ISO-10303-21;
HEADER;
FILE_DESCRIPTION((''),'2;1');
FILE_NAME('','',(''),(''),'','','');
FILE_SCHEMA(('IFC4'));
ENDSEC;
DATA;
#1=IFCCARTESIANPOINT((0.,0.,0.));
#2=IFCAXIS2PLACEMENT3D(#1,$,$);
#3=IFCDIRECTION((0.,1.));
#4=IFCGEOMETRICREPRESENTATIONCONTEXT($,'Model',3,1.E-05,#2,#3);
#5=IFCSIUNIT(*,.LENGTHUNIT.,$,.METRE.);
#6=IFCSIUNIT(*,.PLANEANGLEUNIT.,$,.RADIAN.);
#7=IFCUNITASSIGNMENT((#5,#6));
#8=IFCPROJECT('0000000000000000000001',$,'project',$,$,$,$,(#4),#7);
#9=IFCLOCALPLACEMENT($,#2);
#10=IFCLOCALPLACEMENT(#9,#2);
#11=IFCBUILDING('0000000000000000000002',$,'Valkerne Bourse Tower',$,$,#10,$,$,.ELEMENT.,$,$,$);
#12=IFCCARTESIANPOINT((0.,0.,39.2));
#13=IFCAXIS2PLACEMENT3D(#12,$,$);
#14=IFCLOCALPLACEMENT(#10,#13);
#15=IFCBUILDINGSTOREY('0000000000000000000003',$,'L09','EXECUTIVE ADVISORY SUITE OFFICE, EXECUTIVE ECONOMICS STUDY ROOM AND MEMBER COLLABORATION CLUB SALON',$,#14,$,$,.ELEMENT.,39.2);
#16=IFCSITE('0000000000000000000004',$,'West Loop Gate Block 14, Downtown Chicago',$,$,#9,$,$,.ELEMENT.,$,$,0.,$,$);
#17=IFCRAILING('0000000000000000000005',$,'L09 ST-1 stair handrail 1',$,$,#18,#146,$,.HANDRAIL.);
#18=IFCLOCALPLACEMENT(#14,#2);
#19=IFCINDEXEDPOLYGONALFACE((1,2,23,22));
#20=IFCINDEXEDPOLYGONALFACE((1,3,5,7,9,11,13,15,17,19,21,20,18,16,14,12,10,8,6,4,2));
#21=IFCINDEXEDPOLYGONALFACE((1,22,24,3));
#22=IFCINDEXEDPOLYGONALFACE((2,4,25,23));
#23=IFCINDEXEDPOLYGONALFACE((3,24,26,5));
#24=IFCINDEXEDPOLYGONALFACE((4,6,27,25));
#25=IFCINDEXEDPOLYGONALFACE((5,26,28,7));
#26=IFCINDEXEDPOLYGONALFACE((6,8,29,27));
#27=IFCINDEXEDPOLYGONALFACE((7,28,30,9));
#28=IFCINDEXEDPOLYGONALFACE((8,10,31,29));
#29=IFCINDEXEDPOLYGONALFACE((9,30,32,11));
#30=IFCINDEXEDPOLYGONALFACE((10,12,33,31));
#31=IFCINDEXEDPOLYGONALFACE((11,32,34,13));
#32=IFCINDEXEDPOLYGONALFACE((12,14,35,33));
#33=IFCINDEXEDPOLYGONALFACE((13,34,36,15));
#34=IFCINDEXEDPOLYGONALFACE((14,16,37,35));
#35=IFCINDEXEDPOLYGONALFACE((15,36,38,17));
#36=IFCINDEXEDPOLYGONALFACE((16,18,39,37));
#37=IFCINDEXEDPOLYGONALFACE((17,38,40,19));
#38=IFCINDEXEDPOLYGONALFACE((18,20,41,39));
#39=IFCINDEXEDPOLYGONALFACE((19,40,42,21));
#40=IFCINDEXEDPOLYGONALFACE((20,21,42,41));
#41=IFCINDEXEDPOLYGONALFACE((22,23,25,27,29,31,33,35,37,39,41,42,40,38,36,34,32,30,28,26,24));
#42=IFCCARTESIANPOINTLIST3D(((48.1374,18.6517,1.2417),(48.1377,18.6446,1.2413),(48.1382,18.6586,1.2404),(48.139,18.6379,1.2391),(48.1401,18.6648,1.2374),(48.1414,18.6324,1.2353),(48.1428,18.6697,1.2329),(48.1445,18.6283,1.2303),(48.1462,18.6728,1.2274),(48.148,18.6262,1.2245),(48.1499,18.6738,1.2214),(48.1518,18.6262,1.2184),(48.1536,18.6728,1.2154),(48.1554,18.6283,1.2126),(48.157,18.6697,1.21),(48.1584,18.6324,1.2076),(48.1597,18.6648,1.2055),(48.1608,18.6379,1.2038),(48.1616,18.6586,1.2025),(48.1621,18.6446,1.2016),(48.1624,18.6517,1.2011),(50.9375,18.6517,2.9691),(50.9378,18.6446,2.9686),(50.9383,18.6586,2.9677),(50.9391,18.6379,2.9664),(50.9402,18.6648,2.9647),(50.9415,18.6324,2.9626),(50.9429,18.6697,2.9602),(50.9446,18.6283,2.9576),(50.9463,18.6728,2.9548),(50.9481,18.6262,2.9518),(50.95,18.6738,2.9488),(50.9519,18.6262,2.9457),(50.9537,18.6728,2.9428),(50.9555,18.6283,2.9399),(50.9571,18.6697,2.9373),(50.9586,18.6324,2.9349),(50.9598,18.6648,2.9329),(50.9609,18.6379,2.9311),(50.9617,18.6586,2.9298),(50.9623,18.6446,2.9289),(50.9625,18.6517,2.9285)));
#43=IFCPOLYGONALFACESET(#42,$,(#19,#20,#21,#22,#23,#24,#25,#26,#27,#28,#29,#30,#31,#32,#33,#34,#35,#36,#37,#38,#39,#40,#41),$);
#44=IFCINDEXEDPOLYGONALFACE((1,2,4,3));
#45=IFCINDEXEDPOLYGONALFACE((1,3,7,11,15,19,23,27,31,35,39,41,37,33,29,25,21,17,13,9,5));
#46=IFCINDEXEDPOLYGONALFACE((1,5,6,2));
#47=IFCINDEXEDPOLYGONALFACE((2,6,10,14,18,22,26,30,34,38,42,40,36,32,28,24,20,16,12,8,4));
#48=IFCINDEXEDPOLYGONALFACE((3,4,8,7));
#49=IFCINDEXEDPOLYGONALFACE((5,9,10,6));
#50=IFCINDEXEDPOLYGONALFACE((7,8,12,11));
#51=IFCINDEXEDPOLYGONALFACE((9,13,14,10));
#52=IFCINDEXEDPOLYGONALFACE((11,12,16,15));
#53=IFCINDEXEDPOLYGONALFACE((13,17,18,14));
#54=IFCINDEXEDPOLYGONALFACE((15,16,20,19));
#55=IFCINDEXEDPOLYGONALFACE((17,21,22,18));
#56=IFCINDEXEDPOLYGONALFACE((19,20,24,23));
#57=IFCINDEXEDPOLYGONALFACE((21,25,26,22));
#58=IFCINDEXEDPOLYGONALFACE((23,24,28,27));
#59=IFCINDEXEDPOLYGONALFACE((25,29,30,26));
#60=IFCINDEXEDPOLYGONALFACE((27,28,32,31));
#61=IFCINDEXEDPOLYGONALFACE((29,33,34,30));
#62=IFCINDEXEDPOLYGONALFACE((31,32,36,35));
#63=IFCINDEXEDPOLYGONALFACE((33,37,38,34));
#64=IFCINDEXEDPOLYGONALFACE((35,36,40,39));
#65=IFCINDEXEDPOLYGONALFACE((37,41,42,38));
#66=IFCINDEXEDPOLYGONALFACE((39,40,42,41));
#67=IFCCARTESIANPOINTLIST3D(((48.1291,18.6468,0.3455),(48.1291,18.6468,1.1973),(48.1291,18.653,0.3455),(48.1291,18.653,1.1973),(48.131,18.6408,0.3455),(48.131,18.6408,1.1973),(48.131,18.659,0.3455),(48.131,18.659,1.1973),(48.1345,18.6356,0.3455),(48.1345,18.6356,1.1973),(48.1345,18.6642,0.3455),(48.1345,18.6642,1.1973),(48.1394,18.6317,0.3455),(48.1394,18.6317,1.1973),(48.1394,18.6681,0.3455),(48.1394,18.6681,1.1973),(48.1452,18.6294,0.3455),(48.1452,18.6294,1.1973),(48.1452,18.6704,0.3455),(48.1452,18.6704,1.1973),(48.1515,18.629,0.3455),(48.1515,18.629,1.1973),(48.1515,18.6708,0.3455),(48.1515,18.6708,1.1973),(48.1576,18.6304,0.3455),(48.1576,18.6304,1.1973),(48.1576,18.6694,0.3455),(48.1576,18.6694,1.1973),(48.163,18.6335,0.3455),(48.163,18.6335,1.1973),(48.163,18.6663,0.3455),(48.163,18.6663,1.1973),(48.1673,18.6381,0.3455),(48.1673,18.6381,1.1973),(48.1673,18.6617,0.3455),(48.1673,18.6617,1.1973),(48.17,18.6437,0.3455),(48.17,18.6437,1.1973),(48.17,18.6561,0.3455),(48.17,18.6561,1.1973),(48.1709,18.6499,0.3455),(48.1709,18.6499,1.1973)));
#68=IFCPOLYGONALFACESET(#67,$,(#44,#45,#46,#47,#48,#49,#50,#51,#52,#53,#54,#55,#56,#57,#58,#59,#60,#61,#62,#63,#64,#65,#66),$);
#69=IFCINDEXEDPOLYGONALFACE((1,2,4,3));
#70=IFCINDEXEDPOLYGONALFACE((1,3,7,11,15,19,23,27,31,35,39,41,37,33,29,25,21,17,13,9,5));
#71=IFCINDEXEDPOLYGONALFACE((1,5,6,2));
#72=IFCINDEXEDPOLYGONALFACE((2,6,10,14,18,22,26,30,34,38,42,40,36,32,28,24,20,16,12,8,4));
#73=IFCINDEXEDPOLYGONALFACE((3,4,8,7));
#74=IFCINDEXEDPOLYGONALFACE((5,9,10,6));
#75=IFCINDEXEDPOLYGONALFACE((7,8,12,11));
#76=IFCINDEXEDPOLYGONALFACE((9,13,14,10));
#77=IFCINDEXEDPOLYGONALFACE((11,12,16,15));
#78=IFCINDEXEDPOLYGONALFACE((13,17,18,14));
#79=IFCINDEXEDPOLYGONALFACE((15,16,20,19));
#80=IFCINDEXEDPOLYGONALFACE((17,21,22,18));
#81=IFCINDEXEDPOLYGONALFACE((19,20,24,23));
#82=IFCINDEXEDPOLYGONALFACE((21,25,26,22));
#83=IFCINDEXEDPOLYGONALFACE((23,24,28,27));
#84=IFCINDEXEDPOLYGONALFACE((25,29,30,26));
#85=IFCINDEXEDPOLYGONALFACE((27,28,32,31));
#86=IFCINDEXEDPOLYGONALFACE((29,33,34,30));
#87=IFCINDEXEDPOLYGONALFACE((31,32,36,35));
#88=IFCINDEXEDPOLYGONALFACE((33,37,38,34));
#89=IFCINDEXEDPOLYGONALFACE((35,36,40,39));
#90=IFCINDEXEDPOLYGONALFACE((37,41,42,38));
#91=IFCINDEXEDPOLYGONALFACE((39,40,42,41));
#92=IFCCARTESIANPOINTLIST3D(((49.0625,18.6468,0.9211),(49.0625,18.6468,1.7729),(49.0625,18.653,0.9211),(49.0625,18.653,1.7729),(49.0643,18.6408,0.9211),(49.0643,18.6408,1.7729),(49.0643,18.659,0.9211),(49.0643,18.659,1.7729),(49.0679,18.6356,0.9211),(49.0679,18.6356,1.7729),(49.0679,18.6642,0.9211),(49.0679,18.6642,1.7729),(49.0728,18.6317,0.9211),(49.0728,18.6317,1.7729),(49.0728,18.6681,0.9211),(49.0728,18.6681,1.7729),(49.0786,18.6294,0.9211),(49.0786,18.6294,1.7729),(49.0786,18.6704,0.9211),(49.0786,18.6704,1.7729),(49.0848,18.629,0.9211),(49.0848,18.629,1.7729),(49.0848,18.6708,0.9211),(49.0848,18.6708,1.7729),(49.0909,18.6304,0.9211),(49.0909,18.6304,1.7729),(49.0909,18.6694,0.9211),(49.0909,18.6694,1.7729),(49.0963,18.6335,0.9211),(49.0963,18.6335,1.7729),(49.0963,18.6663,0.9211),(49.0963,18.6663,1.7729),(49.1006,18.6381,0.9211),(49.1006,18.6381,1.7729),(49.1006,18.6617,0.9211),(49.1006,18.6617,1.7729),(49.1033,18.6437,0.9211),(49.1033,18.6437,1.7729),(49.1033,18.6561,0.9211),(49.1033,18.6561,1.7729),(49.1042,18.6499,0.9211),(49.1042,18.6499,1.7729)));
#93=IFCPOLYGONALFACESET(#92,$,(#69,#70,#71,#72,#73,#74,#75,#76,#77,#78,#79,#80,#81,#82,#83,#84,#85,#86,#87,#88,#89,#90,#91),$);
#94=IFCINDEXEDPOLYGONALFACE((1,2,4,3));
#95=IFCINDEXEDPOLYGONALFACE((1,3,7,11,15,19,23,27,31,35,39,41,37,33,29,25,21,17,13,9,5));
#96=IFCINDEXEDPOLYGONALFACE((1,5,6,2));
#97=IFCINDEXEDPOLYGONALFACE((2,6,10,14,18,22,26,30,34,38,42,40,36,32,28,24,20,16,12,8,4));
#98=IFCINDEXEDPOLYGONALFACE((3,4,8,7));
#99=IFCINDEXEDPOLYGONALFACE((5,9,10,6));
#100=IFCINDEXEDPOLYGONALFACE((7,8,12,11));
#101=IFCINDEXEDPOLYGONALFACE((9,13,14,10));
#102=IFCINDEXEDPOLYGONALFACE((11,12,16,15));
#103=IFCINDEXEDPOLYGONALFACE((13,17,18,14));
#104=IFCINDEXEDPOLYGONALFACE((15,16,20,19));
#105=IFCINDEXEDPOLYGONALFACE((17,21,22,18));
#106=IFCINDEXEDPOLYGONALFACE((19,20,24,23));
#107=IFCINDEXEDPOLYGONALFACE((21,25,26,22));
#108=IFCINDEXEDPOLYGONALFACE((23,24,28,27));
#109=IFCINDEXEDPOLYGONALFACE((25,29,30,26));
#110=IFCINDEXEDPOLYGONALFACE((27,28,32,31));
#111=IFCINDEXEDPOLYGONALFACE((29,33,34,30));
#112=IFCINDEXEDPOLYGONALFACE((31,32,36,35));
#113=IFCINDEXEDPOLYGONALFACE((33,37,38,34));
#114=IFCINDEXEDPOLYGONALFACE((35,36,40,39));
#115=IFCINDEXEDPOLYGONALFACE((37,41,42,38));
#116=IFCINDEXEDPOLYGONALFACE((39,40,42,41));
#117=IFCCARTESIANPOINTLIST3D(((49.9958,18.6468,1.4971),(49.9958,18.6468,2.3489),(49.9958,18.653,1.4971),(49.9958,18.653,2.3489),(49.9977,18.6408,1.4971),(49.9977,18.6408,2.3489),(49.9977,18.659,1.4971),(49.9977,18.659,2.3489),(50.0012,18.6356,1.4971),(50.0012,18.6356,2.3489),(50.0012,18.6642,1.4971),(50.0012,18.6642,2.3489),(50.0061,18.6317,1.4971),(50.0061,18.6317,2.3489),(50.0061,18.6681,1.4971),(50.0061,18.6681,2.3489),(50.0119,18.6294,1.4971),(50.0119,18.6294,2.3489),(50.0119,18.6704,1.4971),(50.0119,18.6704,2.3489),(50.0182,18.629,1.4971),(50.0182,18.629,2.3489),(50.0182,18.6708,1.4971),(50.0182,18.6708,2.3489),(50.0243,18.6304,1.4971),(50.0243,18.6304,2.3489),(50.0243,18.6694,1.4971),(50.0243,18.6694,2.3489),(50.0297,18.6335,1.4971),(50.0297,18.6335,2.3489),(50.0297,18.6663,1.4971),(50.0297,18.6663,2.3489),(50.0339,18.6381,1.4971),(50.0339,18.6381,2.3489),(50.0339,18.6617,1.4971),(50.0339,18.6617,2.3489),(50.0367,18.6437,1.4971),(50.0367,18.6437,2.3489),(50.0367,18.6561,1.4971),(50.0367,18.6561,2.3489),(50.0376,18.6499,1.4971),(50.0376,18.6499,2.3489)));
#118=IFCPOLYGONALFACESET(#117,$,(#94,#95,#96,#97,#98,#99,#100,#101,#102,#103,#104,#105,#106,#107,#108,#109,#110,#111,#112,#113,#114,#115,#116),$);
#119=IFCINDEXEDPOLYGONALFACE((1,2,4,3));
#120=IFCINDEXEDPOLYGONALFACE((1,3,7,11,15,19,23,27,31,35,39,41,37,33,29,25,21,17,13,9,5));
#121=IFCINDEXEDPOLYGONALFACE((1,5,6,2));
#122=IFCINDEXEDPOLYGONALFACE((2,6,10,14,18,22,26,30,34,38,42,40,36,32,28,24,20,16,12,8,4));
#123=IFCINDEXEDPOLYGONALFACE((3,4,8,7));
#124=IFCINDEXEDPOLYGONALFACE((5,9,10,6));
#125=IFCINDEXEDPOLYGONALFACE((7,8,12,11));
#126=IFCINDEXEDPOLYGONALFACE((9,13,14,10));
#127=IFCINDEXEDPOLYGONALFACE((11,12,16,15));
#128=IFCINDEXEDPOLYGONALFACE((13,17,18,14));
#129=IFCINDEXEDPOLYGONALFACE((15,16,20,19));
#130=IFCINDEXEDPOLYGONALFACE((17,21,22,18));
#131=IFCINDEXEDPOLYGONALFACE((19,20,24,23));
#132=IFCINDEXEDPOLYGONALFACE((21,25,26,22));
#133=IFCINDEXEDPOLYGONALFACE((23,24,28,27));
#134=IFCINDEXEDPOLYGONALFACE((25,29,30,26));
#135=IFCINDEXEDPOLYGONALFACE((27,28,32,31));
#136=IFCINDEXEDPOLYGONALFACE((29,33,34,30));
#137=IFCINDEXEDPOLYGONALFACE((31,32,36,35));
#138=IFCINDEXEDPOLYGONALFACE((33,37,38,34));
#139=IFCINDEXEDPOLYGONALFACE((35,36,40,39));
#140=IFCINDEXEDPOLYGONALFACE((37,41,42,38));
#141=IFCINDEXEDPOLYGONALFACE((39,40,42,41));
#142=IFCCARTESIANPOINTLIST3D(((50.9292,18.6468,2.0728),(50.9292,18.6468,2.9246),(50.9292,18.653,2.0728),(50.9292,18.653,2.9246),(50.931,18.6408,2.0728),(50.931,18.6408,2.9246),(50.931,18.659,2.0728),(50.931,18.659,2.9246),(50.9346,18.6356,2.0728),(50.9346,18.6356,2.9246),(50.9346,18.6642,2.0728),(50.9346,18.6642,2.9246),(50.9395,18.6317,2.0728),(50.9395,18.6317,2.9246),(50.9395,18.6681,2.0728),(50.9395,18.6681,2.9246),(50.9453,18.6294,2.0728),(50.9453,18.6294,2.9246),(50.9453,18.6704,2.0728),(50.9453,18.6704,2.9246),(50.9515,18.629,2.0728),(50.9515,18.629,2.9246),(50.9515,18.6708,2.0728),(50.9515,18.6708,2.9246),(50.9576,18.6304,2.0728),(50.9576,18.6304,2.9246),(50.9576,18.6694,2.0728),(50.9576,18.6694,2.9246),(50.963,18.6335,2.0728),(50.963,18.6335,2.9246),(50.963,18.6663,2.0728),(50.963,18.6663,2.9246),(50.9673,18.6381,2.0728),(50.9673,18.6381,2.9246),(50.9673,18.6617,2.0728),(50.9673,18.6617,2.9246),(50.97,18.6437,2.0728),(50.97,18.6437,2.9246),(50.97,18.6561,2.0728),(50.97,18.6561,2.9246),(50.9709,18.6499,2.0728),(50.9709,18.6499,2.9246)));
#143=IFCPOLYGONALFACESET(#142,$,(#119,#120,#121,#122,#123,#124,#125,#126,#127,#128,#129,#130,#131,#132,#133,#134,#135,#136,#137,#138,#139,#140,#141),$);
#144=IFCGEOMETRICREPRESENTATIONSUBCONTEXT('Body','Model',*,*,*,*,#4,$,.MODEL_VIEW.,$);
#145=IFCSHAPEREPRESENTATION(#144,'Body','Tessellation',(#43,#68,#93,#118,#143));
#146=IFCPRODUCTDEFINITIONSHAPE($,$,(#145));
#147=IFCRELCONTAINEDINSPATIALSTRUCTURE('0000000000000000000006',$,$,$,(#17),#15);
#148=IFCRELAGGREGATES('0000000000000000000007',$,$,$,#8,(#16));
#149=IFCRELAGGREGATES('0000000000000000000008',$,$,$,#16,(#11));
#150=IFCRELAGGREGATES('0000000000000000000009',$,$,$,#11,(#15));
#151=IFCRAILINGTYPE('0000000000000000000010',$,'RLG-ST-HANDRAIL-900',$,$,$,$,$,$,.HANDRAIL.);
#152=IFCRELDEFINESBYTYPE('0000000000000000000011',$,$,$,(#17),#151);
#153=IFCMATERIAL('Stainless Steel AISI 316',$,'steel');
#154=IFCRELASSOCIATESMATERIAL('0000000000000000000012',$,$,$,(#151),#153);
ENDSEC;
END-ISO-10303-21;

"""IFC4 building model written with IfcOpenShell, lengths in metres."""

from ifc_helpers import new_model, si_unit, direction, frame, origin, origin_2d, place, context, subcontext, project, spatial, circle, extrude, material, type_object, element, save


model = new_model("IFC4")

# Units and contexts
model_context = context("Model", 3, precision=1e-05, world=origin(), true_north=direction((0.0, 1.0)))
body_context = subcontext(model_context, "Body", "Model", "MODEL_VIEW")
ifc_project = project(units=[si_unit("LENGTHUNIT", "METRE"), si_unit("PLANEANGLEUNIT", "RADIAN")], contexts=[model_context])

# Site, building, storey
site_placement = place(None, origin())
site = spatial("IfcSite", under=ifc_project, at=site_placement, Name="West Loop Gate Block 14, Downtown Chicago", CompositionType="ELEMENT", RefElevation=0.0)
building_placement = place(site_placement, origin())
building = spatial("IfcBuilding", under=site, at=building_placement, Name="Valkerne Bourse Tower", CompositionType="ELEMENT")
storey_placement = place(building_placement, frame((0.0, 0.0, 39.2)))
storey = spatial("IfcBuildingStorey", under=building, at=storey_placement, Name="L09", Description="EXECUTIVE ADVISORY SUITE OFFICE, EXECUTIVE ECONOMICS STUDY ROOM AND MEMBER COLLABORATION CLUB SALON", CompositionType="ELEMENT", Elevation=39.2)

# Shared definitions
ifc_material_1 = material(Name="Stainless Steel AISI 316", Category="steel")

# Railing
railing_type_1 = type_object("IfcRailingType", Name="RLG-ST-HANDRAIL-900", PredefinedType="HANDRAIL", material=ifc_material_1)
railing_1_placement = place(storey_placement, frame((48.1499, 18.6499, 0.3455)))
element("IfcRailing", 1, at=railing_1_placement, inside=storey, type_object=railing_type_1, Name="L09 ST-1 stair handrail 1", PredefinedType="HANDRAIL", context=body_context, shape_type="SweptSolid", body=[
    extrude(circle(Radius=0.0239, at=origin_2d()), frame((0.0, 0.0, 0.876), z_axis=(0.85109, 0.0, 0.52502), x_axis=(0.0, 1.0, 0.0)), (0.0, 0.0, 1.0), 3.29),
    extrude(circle(Radius=0.021, at=origin_2d()), origin(), (0.0, 0.0, 1.0), 0.8518),
    extrude(circle(Radius=0.021, at=origin_2d()), frame((0.9333, 0.0, 0.5757)), (0.0, 0.0, 1.0), 0.8518),
    extrude(circle(Radius=0.021, at=origin_2d()), frame((1.8667, 0.0, 1.1516)), (0.0, 0.0, 1.0), 0.8518),
    extrude(circle(Radius=0.021, at=origin_2d()), frame((2.8, 0.0, 1.7273)), (0.0, 0.0, 1.0), 0.8518),
])

save(model, "model.ifc")
